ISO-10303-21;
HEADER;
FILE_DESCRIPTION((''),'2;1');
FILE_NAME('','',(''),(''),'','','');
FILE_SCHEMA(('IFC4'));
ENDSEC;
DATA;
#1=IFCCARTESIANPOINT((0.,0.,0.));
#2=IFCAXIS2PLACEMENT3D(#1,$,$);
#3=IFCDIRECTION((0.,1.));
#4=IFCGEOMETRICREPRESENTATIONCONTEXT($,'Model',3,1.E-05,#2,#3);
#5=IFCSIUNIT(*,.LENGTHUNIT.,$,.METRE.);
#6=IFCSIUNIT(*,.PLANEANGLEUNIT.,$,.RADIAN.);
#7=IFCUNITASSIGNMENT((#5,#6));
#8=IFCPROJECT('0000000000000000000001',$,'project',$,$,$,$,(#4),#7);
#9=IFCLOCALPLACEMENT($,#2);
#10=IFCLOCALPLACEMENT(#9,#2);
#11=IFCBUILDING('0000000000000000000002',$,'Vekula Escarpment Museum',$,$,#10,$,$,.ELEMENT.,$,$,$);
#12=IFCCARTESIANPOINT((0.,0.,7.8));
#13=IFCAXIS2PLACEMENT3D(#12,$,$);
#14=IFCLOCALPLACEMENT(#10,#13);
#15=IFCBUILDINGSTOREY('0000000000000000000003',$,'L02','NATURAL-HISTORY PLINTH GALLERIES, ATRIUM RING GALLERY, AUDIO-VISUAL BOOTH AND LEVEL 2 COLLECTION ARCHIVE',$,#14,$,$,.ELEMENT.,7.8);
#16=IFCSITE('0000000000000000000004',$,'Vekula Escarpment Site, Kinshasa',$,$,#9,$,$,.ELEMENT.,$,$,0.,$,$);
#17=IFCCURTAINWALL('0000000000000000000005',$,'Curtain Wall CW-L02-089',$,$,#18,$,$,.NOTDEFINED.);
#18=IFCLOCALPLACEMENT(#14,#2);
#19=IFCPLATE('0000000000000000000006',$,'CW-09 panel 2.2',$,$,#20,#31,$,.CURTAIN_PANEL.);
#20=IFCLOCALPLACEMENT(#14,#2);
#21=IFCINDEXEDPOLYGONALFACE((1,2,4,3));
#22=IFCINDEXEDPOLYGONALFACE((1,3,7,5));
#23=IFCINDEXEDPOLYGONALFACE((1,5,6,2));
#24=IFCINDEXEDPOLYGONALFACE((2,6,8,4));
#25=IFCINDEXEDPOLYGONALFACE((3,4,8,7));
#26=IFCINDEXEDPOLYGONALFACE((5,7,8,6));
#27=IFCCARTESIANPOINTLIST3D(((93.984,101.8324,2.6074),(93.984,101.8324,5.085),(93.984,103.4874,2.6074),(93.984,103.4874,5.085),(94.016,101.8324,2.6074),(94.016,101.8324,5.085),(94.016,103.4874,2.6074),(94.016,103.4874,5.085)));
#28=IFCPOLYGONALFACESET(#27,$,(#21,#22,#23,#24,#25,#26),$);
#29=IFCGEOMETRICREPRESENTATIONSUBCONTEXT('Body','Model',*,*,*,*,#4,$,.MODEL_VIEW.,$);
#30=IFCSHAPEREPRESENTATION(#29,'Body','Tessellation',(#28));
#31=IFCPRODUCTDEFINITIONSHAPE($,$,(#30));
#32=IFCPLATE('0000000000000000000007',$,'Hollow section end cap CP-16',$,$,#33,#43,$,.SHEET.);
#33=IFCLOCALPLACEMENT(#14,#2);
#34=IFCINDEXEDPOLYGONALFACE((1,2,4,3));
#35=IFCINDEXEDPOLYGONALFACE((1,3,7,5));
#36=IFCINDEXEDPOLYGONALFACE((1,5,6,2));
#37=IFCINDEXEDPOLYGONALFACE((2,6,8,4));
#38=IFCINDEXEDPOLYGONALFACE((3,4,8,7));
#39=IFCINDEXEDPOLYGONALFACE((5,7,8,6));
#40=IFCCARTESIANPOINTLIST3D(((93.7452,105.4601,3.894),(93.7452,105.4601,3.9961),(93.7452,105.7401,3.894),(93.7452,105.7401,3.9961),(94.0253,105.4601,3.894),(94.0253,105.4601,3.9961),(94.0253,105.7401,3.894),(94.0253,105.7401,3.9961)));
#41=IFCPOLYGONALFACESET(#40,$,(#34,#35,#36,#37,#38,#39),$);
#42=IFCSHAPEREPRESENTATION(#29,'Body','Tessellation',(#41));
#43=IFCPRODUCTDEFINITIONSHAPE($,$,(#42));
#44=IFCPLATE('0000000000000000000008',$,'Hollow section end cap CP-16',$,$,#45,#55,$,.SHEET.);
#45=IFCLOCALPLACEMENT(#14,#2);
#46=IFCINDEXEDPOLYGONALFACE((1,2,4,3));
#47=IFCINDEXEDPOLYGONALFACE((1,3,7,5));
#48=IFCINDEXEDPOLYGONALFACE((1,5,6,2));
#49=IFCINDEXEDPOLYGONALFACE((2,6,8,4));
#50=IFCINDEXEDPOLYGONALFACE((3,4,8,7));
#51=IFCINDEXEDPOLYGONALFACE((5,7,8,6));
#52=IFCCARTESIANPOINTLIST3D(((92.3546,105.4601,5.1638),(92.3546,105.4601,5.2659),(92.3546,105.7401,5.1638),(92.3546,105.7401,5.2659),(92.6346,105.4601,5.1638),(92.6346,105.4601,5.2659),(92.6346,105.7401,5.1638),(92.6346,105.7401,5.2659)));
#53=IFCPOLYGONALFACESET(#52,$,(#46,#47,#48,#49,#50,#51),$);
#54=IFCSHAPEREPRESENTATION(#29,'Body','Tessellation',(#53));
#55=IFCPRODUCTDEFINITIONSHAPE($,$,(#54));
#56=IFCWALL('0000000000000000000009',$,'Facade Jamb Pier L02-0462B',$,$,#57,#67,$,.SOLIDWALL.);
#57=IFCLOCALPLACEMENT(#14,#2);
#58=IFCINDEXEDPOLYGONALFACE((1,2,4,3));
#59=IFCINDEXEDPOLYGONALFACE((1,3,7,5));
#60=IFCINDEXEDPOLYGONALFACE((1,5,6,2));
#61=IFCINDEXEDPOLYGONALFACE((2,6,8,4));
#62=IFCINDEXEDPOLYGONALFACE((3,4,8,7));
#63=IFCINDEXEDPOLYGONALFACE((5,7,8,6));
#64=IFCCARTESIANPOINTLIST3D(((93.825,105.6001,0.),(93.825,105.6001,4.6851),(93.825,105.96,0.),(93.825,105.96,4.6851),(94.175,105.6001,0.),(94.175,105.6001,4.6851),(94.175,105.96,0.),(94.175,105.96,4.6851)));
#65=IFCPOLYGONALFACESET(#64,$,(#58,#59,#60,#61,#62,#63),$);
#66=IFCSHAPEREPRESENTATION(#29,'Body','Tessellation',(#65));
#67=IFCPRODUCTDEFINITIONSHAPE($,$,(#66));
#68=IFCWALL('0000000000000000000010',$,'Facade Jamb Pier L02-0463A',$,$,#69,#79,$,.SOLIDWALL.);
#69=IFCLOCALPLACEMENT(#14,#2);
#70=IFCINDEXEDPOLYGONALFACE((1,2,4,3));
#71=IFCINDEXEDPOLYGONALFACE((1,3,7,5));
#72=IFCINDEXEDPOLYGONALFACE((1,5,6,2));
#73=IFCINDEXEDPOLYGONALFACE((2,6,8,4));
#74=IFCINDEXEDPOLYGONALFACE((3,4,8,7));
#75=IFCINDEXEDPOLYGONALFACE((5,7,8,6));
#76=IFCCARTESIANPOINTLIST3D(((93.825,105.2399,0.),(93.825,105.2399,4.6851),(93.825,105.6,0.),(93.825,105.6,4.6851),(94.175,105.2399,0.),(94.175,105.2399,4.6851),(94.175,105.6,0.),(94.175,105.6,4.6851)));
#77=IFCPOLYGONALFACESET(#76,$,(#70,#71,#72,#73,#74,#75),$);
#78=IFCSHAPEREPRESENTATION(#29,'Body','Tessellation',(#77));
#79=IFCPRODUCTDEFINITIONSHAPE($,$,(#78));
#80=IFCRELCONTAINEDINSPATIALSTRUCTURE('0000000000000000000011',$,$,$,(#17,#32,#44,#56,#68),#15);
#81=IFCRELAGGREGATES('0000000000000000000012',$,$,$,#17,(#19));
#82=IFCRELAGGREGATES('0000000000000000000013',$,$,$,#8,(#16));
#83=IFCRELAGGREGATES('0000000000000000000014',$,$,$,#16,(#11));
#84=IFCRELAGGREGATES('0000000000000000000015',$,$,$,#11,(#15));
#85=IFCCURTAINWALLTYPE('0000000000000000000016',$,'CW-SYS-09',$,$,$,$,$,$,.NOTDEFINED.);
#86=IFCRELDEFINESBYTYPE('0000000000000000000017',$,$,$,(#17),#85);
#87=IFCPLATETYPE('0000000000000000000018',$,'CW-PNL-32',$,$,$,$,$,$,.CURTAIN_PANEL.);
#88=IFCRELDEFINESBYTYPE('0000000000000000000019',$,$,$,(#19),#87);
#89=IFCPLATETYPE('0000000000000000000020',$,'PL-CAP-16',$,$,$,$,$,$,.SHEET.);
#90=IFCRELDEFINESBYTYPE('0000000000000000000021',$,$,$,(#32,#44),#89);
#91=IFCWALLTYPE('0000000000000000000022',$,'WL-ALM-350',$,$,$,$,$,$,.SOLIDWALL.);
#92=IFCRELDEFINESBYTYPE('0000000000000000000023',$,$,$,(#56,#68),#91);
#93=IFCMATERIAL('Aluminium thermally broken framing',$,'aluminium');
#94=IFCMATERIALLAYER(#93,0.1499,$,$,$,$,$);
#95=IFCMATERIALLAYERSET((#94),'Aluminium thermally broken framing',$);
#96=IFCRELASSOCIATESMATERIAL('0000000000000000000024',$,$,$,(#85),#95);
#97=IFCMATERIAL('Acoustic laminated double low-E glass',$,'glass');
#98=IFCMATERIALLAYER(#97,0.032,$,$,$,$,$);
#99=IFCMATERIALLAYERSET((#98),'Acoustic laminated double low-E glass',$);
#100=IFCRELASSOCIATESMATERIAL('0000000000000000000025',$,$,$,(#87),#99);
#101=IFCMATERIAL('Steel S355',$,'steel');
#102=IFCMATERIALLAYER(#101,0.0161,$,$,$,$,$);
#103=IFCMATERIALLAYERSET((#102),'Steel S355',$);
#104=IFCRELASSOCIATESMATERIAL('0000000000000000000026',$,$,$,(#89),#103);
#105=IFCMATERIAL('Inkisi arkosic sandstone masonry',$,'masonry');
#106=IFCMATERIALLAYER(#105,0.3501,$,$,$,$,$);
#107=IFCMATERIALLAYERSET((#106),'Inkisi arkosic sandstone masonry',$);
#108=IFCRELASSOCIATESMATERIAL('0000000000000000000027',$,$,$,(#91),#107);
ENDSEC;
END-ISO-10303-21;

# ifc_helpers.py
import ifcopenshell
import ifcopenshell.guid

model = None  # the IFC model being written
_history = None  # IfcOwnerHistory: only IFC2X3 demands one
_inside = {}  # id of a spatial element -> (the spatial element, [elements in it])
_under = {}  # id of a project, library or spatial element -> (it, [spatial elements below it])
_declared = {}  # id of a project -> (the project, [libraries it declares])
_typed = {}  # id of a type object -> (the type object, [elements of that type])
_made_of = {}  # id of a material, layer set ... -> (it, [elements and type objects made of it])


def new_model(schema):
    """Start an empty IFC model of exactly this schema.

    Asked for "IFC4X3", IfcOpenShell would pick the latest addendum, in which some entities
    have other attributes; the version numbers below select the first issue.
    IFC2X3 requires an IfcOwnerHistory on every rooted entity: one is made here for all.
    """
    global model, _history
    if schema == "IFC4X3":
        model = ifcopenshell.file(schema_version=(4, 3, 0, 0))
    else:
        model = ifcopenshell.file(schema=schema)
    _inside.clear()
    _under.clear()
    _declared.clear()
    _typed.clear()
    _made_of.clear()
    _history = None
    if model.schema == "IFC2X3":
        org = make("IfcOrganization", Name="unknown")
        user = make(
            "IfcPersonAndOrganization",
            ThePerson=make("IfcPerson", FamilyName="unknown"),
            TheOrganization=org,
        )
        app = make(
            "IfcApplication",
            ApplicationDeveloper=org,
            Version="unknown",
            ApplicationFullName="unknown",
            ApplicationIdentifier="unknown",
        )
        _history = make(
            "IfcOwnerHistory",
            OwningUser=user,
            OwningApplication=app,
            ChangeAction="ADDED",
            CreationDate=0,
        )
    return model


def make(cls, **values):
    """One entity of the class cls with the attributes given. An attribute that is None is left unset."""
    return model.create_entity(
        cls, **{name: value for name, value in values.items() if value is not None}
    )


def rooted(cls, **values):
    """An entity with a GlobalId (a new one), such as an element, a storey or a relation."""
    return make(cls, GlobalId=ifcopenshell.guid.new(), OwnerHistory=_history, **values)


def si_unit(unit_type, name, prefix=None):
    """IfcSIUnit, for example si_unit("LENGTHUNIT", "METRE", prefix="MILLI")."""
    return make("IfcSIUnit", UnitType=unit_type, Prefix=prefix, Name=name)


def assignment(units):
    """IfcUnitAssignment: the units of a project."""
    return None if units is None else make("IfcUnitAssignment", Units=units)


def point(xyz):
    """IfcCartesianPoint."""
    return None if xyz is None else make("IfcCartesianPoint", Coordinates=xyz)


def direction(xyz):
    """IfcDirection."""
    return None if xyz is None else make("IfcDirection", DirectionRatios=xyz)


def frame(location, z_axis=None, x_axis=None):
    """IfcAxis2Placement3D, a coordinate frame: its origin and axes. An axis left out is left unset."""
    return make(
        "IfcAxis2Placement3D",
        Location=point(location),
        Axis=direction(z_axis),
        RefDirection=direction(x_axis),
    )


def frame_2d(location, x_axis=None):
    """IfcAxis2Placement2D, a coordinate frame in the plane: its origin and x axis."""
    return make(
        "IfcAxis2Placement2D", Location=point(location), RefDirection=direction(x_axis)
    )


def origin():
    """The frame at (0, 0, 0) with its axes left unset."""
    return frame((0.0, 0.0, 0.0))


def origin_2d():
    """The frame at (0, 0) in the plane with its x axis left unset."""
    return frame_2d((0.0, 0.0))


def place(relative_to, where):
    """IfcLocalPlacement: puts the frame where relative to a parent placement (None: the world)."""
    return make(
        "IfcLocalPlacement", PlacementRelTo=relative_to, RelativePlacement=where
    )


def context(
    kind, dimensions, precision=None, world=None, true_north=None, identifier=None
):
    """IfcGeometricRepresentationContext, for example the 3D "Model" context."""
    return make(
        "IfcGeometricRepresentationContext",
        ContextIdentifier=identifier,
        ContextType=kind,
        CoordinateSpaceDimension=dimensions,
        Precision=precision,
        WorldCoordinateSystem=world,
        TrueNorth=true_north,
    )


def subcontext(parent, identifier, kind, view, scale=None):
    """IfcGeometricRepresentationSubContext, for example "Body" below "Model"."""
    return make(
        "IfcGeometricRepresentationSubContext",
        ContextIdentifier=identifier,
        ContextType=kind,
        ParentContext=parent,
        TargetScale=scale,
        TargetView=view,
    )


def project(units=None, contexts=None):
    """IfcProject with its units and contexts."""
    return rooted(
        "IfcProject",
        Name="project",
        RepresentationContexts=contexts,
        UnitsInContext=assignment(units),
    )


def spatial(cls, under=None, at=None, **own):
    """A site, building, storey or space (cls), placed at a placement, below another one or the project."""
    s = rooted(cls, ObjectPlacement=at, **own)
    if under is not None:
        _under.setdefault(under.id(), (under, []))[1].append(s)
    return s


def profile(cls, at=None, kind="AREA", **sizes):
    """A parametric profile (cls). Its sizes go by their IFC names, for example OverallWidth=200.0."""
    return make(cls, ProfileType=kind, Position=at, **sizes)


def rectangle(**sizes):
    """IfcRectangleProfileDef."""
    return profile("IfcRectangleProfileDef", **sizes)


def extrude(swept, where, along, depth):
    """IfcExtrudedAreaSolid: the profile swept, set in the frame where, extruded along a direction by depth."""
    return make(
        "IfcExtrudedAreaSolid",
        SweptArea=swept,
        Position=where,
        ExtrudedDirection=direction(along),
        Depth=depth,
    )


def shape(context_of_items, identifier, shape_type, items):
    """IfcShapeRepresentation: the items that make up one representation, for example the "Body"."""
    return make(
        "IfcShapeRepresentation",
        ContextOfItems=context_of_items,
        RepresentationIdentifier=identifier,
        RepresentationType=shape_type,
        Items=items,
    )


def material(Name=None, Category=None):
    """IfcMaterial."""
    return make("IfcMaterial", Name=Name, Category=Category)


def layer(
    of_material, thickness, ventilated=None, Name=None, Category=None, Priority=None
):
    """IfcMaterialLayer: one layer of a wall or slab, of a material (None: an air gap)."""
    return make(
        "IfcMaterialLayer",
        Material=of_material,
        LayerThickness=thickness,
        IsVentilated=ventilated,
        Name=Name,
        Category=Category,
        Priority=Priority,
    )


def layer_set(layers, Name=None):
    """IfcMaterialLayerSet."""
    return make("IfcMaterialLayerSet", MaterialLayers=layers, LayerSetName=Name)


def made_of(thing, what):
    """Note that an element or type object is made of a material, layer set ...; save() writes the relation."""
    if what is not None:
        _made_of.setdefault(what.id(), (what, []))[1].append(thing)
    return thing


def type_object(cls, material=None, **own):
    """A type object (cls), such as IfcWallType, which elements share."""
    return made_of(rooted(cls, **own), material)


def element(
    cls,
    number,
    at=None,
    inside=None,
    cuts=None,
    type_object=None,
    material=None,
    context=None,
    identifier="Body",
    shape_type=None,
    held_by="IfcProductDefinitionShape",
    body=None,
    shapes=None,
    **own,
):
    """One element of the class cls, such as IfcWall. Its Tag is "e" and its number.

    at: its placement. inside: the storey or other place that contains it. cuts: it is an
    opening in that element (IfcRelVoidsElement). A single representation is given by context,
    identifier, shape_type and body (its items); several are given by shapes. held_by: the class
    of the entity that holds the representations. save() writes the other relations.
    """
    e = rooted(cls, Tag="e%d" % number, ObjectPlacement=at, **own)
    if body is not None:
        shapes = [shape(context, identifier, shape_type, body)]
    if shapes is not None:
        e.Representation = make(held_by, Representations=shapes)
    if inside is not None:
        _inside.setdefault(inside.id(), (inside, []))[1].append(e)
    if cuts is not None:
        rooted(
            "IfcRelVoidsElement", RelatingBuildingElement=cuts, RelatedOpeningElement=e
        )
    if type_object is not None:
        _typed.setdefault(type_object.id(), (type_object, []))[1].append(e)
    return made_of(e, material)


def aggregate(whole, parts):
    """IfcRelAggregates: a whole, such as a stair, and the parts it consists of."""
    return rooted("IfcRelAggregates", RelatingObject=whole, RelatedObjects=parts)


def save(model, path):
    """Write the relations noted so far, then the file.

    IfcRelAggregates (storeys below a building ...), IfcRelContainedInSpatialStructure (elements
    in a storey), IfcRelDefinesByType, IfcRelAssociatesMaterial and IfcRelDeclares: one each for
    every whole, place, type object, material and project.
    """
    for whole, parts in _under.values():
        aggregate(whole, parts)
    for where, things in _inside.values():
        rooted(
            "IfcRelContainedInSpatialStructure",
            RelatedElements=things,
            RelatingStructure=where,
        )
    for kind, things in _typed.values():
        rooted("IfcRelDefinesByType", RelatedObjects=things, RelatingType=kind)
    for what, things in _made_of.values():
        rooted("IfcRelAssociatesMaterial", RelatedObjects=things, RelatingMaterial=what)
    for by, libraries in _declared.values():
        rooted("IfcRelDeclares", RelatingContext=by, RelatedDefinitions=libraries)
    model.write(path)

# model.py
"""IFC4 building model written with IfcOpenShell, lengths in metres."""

from ifc_helpers import new_model, si_unit, direction, frame, frame_2d, origin, origin_2d, place, context, subcontext, project, spatial, rectangle, extrude, material, layer, layer_set, type_object, element, aggregate, save


model = new_model("IFC4")

# Units and contexts
model_context = context("Model", 3, precision=1e-05, world=origin(), true_north=direction((0.0, 1.0)))
body_context = subcontext(model_context, "Body", "Model", "MODEL_VIEW")
ifc_project = project(units=[si_unit("LENGTHUNIT", "METRE"), si_unit("PLANEANGLEUNIT", "RADIAN")], contexts=[model_context])

# Site, building, storey
site_placement = place(None, origin())
site = spatial("IfcSite", under=ifc_project, at=site_placement, Name="Vekula Escarpment Site, Kinshasa", CompositionType="ELEMENT", RefElevation=0.0)
building_placement = place(site_placement, origin())
building = spatial("IfcBuilding", under=site, at=building_placement, Name="Vekula Escarpment Museum", CompositionType="ELEMENT")
storey_placement = place(building_placement, frame((0.0, 0.0, 7.8)))
storey = spatial("IfcBuildingStorey", under=building, at=storey_placement, Name="L02", Description="NATURAL-HISTORY PLINTH GALLERIES, ATRIUM RING GALLERY, AUDIO-VISUAL BOOTH AND LEVEL 2 COLLECTION ARCHIVE", CompositionType="ELEMENT", Elevation=7.8)

# Curtain wall
ifc_material_1 = material(Name="Aluminium thermally broken framing", Category="aluminium")
ifc_layer_1 = layer(ifc_material_1, 0.1499)
ifc_layer_set_1 = layer_set([ifc_layer_1], Name="Aluminium thermally broken framing")
curtain_wall_type_1 = type_object("IfcCurtainWallType", Name="CW-SYS-09", PredefinedType="NOTDEFINED", material=ifc_layer_set_1)
curtain_wall_1_placement = place(storey_placement, origin())
curtain_wall_1 = element("IfcCurtainWall", 1, at=curtain_wall_1_placement, inside=storey, type_object=curtain_wall_type_1, Name="Curtain Wall CW-L02-089", PredefinedType="NOTDEFINED")

# Plate
ifc_material_2 = material(Name="Acoustic laminated double low-E glass", Category="glass")
ifc_layer_2 = layer(ifc_material_2, 0.032)
ifc_layer_set_2 = layer_set([ifc_layer_2], Name="Acoustic laminated double low-E glass")
plate_type_1 = type_object("IfcPlateType", Name="CW-PNL-32", PredefinedType="CURTAIN_PANEL", material=ifc_layer_set_2)
plate_1_placement = place(storey_placement, frame((94.0, 102.6599, 2.6074), z_axis=(0.0, 0.0, 1.0), x_axis=(0.0, -1.0, 0.0)))
plate_1 = element("IfcPlate", 2, at=plate_1_placement, type_object=plate_type_1, Name="CW-09 panel 2.2", PredefinedType="CURTAIN_PANEL", context=body_context, shape_type="SweptSolid", body=[
    extrude(rectangle(XDim=1.655, YDim=0.032, at=origin_2d()), origin(), (0.0, 0.0, 1.0), 2.4775),
])
aggregate(curtain_wall_1, [plate_1])

# Plates
ifc_material_3 = material(Name="Steel S355", Category="steel")
ifc_layer_3 = layer(ifc_material_3, 0.0161)
ifc_layer_set_3 = layer_set([ifc_layer_3], Name="Steel S355")
plate_type_2 = type_object("IfcPlateType", Name="PL-CAP-16", PredefinedType="SHEET", material=ifc_layer_set_3)
for number, where, z_axis, x_axis, name in (
    (3, (93.8853, 105.6001, 3.894), (0.0, 0.0, 1.0), (1.0, 0.0, 0.0), "Hollow section end cap CP-16"),
    (4, (92.4946, 105.6001, 5.1638), (0.0, 0.0, 1.0), (1.0, 0.0, 0.0), "Hollow section end cap CP-16"),
):
    element("IfcPlate", number, at=place(storey_placement, frame(where, z_axis=z_axis, x_axis=x_axis)), inside=storey, type_object=plate_type_2, Name=name, PredefinedType="SHEET", context=body_context, shape_type="SweptSolid", body=[
        extrude(rectangle(XDim=0.28, YDim=0.28, at=origin_2d()), origin(), (0.0, 0.0, 1.0), 0.1021),
    ])

# Walls
ifc_material_4 = material(Name="Inkisi arkosic sandstone masonry", Category="masonry")
ifc_layer_4 = layer(ifc_material_4, 0.3501)
ifc_layer_set_4 = layer_set([ifc_layer_4], Name="Inkisi arkosic sandstone masonry")
wall_type = type_object("IfcWallType", Name="WL-ALM-350", PredefinedType="SOLIDWALL", material=ifc_layer_set_4)
wall_1_placement = place(storey_placement, frame((94.0, 105.96, 0.0), z_axis=(0.0, 0.0, 1.0), x_axis=(0.0, -1.0, 0.0)))
element("IfcWall", 5, at=wall_1_placement, inside=storey, type_object=wall_type, Name="Facade Jamb Pier L02-0462B", PredefinedType="SOLIDWALL", context=body_context, shape_type="SweptSolid", body=[
    extrude(rectangle(XDim=0.3599, YDim=0.3501, at=frame_2d((0.1799, 0.0))), origin(), (0.0, 0.0, 1.0), 4.6851),
])
wall_2_placement = place(storey_placement, frame((94.0, 105.6001, 0.0), z_axis=(0.0, 0.0, 1.0), x_axis=(0.0, -1.0, 0.0)))
element("IfcWall", 6, at=wall_2_placement, inside=storey, type_object=wall_type, Name="Facade Jamb Pier L02-0463A", PredefinedType="SOLIDWALL", context=body_context, shape_type="SweptSolid", body=[
    extrude(rectangle(XDim=0.3601, YDim=0.3501, at=frame_2d((0.1802, 0.0))), origin(), (0.0, 0.0, 1.0), 4.6851),
])

save(model, "model.ifc")
